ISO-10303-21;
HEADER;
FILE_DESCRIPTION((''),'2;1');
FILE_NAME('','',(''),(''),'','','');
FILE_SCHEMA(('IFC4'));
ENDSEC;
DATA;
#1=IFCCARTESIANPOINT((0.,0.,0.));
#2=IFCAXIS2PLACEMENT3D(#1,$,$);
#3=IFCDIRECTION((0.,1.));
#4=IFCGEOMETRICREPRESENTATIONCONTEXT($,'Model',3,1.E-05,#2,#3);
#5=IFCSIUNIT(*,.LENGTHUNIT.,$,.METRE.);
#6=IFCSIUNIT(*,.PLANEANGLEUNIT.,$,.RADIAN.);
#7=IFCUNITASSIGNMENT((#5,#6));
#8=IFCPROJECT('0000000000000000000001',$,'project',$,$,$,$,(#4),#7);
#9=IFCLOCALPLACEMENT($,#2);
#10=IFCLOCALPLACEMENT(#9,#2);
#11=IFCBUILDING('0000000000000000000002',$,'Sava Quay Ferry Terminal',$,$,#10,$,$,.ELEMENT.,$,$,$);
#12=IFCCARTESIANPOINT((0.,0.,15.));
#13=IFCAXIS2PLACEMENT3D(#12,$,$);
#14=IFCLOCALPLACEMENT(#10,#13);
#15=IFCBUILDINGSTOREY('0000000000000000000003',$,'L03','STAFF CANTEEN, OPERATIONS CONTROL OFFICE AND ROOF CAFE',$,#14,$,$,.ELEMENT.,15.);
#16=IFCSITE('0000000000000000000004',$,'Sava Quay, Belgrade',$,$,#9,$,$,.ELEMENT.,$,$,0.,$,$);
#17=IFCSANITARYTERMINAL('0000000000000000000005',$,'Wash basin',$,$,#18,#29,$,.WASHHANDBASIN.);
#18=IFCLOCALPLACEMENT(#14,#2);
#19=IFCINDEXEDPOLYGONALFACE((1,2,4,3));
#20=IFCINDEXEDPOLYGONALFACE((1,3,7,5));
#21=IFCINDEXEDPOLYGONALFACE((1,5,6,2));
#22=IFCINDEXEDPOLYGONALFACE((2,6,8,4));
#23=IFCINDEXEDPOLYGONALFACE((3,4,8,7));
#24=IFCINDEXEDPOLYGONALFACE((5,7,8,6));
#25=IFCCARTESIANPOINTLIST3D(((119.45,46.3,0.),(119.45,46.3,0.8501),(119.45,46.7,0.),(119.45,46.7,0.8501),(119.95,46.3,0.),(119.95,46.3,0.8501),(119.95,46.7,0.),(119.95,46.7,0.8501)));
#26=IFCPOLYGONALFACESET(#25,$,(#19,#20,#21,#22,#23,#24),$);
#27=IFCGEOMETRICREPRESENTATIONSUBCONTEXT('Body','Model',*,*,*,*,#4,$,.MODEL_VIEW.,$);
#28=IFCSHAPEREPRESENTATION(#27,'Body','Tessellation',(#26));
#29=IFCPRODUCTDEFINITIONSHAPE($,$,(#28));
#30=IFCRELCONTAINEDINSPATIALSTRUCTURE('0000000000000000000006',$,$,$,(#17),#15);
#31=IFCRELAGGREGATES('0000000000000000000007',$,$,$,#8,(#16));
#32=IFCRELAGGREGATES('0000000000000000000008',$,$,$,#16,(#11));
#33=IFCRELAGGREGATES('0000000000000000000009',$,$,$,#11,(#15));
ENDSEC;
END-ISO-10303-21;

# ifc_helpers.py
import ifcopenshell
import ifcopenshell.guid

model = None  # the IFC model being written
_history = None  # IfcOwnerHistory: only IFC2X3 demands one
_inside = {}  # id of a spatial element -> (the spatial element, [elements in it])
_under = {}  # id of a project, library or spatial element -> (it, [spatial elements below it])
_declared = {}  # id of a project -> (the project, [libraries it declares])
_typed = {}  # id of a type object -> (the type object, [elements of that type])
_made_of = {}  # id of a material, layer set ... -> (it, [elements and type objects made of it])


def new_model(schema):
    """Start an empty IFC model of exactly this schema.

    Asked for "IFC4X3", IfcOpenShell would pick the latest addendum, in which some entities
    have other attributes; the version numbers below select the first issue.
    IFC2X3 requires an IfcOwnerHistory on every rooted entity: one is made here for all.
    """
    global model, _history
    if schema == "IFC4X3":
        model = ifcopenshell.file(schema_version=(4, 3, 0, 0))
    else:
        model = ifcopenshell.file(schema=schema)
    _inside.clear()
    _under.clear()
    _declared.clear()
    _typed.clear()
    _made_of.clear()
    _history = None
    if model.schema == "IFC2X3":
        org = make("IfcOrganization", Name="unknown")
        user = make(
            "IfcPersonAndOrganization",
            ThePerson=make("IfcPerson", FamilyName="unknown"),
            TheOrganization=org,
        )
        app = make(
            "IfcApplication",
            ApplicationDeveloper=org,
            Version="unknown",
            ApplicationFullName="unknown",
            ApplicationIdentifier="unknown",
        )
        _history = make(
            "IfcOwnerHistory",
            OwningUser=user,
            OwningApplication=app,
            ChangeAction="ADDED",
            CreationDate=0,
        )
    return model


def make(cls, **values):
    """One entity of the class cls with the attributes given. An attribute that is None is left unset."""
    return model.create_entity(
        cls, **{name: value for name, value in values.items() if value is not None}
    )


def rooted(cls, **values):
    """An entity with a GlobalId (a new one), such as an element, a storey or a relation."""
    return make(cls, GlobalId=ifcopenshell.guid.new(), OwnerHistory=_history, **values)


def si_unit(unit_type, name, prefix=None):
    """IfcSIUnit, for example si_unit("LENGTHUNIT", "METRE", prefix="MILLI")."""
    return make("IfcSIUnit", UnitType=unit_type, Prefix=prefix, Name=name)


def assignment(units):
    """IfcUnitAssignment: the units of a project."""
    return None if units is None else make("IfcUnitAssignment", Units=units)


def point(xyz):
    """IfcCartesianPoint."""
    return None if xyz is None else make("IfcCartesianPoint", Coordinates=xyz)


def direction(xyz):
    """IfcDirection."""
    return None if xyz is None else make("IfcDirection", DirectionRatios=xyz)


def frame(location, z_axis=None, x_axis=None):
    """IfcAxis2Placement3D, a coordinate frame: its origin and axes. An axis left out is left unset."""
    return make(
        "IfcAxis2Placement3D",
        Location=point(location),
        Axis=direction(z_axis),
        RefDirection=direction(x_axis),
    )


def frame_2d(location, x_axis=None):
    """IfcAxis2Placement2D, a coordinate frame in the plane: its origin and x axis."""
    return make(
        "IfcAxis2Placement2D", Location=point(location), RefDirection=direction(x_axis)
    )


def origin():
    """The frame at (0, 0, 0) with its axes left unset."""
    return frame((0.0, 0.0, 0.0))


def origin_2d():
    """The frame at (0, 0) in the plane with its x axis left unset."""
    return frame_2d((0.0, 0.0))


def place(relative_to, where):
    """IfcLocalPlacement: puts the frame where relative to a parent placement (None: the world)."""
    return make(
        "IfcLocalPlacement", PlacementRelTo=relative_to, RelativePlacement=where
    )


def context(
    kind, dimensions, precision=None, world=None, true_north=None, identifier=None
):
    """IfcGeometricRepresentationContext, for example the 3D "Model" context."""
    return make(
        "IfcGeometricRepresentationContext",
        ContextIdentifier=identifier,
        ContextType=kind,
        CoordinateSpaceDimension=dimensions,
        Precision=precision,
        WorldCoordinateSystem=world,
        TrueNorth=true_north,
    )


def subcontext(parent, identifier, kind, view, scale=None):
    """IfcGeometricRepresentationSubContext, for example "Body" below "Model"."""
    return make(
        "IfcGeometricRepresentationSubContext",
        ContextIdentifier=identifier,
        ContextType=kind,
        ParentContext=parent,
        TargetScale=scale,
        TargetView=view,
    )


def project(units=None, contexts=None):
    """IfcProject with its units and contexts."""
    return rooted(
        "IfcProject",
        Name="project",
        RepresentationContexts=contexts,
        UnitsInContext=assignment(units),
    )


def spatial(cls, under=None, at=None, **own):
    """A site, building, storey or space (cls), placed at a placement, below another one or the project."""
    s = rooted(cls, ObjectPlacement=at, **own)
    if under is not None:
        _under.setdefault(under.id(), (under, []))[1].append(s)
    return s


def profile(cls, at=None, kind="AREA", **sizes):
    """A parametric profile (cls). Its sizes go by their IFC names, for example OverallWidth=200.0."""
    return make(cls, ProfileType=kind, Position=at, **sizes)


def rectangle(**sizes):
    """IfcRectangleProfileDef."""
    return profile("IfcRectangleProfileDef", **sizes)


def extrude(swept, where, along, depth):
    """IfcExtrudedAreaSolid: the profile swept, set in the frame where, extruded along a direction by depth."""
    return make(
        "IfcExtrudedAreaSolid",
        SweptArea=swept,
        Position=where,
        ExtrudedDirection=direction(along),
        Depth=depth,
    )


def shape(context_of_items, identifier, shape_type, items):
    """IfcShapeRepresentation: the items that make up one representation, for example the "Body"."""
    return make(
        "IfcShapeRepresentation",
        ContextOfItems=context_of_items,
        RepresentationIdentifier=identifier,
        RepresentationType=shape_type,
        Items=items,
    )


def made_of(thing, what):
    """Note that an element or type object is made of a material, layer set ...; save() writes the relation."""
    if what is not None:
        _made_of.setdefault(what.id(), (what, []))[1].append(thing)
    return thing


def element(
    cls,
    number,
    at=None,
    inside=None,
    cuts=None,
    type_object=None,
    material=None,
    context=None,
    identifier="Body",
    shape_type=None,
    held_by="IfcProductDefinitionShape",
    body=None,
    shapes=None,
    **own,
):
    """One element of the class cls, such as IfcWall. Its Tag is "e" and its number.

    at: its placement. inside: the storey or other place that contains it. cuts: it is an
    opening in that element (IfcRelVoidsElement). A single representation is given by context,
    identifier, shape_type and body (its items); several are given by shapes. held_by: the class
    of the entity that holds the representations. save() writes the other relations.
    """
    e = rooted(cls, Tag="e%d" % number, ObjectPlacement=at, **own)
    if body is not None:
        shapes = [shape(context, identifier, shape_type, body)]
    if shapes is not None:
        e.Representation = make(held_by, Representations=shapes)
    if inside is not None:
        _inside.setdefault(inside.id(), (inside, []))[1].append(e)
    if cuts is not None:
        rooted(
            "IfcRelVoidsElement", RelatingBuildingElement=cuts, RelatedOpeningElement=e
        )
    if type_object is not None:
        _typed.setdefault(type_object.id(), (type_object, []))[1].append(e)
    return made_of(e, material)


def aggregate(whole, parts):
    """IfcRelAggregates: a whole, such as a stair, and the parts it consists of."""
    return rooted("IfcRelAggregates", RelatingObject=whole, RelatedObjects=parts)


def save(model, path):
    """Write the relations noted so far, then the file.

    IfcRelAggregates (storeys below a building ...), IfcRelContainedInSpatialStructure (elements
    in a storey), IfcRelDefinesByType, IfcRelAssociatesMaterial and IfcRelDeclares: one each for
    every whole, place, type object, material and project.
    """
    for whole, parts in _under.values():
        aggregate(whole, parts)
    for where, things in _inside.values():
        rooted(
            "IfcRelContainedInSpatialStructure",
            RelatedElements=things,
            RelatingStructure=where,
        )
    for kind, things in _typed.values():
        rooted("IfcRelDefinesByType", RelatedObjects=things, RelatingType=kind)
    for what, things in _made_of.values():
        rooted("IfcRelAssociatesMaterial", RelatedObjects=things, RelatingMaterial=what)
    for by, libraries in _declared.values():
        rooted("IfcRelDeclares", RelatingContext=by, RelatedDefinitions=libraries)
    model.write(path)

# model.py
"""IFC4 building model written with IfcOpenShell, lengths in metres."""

from ifc_helpers import new_model, si_unit, direction, frame, origin, origin_2d, place, context, subcontext, project, spatial, rectangle, extrude, element, save


model = new_model("IFC4")

# Units and contexts
model_context = context("Model", 3, precision=1e-05, world=origin(), true_north=direction((0.0, 1.0)))
body_context = subcontext(model_context, "Body", "Model", "MODEL_VIEW")
ifc_project = project(units=[si_unit("LENGTHUNIT", "METRE"), si_unit("PLANEANGLEUNIT", "RADIAN")], contexts=[model_context])

# Site, building, storey
site_placement = place(None, origin())
site = spatial("IfcSite", under=ifc_project, at=site_placement, Name="Sava Quay, Belgrade", CompositionType="ELEMENT", RefElevation=0.0)
building_placement = place(site_placement, origin())
building = spatial("IfcBuilding", under=site, at=building_placement, Name="Sava Quay Ferry Terminal", CompositionType="ELEMENT")
storey_placement = place(building_placement, frame((0.0, 0.0, 15.0)))
storey = spatial("IfcBuildingStorey", under=building, at=storey_placement, Name="L03", Description="STAFF CANTEEN, OPERATIONS CONTROL OFFICE AND ROOF CAFE", CompositionType="ELEMENT", Elevation=15.0)

# Sanitary terminal
sanitary_terminal_1_placement = place(storey_placement, frame((119.7, 46.5, 0.0), z_axis=(0.0, 0.0, 1.0), x_axis=(1.0, 0.0, 0.0)))
element("IfcSanitaryTerminal", 1, at=sanitary_terminal_1_placement, inside=storey, Name="Wash basin", PredefinedType="WASHHANDBASIN", context=body_context, shape_type="SweptSolid", body=[
    extrude(rectangle(XDim=0.5, YDim=0.3999, at=origin_2d()), origin(), (0.0, 0.0, 1.0), 0.8501),
])

save(model, "model.ifc")
